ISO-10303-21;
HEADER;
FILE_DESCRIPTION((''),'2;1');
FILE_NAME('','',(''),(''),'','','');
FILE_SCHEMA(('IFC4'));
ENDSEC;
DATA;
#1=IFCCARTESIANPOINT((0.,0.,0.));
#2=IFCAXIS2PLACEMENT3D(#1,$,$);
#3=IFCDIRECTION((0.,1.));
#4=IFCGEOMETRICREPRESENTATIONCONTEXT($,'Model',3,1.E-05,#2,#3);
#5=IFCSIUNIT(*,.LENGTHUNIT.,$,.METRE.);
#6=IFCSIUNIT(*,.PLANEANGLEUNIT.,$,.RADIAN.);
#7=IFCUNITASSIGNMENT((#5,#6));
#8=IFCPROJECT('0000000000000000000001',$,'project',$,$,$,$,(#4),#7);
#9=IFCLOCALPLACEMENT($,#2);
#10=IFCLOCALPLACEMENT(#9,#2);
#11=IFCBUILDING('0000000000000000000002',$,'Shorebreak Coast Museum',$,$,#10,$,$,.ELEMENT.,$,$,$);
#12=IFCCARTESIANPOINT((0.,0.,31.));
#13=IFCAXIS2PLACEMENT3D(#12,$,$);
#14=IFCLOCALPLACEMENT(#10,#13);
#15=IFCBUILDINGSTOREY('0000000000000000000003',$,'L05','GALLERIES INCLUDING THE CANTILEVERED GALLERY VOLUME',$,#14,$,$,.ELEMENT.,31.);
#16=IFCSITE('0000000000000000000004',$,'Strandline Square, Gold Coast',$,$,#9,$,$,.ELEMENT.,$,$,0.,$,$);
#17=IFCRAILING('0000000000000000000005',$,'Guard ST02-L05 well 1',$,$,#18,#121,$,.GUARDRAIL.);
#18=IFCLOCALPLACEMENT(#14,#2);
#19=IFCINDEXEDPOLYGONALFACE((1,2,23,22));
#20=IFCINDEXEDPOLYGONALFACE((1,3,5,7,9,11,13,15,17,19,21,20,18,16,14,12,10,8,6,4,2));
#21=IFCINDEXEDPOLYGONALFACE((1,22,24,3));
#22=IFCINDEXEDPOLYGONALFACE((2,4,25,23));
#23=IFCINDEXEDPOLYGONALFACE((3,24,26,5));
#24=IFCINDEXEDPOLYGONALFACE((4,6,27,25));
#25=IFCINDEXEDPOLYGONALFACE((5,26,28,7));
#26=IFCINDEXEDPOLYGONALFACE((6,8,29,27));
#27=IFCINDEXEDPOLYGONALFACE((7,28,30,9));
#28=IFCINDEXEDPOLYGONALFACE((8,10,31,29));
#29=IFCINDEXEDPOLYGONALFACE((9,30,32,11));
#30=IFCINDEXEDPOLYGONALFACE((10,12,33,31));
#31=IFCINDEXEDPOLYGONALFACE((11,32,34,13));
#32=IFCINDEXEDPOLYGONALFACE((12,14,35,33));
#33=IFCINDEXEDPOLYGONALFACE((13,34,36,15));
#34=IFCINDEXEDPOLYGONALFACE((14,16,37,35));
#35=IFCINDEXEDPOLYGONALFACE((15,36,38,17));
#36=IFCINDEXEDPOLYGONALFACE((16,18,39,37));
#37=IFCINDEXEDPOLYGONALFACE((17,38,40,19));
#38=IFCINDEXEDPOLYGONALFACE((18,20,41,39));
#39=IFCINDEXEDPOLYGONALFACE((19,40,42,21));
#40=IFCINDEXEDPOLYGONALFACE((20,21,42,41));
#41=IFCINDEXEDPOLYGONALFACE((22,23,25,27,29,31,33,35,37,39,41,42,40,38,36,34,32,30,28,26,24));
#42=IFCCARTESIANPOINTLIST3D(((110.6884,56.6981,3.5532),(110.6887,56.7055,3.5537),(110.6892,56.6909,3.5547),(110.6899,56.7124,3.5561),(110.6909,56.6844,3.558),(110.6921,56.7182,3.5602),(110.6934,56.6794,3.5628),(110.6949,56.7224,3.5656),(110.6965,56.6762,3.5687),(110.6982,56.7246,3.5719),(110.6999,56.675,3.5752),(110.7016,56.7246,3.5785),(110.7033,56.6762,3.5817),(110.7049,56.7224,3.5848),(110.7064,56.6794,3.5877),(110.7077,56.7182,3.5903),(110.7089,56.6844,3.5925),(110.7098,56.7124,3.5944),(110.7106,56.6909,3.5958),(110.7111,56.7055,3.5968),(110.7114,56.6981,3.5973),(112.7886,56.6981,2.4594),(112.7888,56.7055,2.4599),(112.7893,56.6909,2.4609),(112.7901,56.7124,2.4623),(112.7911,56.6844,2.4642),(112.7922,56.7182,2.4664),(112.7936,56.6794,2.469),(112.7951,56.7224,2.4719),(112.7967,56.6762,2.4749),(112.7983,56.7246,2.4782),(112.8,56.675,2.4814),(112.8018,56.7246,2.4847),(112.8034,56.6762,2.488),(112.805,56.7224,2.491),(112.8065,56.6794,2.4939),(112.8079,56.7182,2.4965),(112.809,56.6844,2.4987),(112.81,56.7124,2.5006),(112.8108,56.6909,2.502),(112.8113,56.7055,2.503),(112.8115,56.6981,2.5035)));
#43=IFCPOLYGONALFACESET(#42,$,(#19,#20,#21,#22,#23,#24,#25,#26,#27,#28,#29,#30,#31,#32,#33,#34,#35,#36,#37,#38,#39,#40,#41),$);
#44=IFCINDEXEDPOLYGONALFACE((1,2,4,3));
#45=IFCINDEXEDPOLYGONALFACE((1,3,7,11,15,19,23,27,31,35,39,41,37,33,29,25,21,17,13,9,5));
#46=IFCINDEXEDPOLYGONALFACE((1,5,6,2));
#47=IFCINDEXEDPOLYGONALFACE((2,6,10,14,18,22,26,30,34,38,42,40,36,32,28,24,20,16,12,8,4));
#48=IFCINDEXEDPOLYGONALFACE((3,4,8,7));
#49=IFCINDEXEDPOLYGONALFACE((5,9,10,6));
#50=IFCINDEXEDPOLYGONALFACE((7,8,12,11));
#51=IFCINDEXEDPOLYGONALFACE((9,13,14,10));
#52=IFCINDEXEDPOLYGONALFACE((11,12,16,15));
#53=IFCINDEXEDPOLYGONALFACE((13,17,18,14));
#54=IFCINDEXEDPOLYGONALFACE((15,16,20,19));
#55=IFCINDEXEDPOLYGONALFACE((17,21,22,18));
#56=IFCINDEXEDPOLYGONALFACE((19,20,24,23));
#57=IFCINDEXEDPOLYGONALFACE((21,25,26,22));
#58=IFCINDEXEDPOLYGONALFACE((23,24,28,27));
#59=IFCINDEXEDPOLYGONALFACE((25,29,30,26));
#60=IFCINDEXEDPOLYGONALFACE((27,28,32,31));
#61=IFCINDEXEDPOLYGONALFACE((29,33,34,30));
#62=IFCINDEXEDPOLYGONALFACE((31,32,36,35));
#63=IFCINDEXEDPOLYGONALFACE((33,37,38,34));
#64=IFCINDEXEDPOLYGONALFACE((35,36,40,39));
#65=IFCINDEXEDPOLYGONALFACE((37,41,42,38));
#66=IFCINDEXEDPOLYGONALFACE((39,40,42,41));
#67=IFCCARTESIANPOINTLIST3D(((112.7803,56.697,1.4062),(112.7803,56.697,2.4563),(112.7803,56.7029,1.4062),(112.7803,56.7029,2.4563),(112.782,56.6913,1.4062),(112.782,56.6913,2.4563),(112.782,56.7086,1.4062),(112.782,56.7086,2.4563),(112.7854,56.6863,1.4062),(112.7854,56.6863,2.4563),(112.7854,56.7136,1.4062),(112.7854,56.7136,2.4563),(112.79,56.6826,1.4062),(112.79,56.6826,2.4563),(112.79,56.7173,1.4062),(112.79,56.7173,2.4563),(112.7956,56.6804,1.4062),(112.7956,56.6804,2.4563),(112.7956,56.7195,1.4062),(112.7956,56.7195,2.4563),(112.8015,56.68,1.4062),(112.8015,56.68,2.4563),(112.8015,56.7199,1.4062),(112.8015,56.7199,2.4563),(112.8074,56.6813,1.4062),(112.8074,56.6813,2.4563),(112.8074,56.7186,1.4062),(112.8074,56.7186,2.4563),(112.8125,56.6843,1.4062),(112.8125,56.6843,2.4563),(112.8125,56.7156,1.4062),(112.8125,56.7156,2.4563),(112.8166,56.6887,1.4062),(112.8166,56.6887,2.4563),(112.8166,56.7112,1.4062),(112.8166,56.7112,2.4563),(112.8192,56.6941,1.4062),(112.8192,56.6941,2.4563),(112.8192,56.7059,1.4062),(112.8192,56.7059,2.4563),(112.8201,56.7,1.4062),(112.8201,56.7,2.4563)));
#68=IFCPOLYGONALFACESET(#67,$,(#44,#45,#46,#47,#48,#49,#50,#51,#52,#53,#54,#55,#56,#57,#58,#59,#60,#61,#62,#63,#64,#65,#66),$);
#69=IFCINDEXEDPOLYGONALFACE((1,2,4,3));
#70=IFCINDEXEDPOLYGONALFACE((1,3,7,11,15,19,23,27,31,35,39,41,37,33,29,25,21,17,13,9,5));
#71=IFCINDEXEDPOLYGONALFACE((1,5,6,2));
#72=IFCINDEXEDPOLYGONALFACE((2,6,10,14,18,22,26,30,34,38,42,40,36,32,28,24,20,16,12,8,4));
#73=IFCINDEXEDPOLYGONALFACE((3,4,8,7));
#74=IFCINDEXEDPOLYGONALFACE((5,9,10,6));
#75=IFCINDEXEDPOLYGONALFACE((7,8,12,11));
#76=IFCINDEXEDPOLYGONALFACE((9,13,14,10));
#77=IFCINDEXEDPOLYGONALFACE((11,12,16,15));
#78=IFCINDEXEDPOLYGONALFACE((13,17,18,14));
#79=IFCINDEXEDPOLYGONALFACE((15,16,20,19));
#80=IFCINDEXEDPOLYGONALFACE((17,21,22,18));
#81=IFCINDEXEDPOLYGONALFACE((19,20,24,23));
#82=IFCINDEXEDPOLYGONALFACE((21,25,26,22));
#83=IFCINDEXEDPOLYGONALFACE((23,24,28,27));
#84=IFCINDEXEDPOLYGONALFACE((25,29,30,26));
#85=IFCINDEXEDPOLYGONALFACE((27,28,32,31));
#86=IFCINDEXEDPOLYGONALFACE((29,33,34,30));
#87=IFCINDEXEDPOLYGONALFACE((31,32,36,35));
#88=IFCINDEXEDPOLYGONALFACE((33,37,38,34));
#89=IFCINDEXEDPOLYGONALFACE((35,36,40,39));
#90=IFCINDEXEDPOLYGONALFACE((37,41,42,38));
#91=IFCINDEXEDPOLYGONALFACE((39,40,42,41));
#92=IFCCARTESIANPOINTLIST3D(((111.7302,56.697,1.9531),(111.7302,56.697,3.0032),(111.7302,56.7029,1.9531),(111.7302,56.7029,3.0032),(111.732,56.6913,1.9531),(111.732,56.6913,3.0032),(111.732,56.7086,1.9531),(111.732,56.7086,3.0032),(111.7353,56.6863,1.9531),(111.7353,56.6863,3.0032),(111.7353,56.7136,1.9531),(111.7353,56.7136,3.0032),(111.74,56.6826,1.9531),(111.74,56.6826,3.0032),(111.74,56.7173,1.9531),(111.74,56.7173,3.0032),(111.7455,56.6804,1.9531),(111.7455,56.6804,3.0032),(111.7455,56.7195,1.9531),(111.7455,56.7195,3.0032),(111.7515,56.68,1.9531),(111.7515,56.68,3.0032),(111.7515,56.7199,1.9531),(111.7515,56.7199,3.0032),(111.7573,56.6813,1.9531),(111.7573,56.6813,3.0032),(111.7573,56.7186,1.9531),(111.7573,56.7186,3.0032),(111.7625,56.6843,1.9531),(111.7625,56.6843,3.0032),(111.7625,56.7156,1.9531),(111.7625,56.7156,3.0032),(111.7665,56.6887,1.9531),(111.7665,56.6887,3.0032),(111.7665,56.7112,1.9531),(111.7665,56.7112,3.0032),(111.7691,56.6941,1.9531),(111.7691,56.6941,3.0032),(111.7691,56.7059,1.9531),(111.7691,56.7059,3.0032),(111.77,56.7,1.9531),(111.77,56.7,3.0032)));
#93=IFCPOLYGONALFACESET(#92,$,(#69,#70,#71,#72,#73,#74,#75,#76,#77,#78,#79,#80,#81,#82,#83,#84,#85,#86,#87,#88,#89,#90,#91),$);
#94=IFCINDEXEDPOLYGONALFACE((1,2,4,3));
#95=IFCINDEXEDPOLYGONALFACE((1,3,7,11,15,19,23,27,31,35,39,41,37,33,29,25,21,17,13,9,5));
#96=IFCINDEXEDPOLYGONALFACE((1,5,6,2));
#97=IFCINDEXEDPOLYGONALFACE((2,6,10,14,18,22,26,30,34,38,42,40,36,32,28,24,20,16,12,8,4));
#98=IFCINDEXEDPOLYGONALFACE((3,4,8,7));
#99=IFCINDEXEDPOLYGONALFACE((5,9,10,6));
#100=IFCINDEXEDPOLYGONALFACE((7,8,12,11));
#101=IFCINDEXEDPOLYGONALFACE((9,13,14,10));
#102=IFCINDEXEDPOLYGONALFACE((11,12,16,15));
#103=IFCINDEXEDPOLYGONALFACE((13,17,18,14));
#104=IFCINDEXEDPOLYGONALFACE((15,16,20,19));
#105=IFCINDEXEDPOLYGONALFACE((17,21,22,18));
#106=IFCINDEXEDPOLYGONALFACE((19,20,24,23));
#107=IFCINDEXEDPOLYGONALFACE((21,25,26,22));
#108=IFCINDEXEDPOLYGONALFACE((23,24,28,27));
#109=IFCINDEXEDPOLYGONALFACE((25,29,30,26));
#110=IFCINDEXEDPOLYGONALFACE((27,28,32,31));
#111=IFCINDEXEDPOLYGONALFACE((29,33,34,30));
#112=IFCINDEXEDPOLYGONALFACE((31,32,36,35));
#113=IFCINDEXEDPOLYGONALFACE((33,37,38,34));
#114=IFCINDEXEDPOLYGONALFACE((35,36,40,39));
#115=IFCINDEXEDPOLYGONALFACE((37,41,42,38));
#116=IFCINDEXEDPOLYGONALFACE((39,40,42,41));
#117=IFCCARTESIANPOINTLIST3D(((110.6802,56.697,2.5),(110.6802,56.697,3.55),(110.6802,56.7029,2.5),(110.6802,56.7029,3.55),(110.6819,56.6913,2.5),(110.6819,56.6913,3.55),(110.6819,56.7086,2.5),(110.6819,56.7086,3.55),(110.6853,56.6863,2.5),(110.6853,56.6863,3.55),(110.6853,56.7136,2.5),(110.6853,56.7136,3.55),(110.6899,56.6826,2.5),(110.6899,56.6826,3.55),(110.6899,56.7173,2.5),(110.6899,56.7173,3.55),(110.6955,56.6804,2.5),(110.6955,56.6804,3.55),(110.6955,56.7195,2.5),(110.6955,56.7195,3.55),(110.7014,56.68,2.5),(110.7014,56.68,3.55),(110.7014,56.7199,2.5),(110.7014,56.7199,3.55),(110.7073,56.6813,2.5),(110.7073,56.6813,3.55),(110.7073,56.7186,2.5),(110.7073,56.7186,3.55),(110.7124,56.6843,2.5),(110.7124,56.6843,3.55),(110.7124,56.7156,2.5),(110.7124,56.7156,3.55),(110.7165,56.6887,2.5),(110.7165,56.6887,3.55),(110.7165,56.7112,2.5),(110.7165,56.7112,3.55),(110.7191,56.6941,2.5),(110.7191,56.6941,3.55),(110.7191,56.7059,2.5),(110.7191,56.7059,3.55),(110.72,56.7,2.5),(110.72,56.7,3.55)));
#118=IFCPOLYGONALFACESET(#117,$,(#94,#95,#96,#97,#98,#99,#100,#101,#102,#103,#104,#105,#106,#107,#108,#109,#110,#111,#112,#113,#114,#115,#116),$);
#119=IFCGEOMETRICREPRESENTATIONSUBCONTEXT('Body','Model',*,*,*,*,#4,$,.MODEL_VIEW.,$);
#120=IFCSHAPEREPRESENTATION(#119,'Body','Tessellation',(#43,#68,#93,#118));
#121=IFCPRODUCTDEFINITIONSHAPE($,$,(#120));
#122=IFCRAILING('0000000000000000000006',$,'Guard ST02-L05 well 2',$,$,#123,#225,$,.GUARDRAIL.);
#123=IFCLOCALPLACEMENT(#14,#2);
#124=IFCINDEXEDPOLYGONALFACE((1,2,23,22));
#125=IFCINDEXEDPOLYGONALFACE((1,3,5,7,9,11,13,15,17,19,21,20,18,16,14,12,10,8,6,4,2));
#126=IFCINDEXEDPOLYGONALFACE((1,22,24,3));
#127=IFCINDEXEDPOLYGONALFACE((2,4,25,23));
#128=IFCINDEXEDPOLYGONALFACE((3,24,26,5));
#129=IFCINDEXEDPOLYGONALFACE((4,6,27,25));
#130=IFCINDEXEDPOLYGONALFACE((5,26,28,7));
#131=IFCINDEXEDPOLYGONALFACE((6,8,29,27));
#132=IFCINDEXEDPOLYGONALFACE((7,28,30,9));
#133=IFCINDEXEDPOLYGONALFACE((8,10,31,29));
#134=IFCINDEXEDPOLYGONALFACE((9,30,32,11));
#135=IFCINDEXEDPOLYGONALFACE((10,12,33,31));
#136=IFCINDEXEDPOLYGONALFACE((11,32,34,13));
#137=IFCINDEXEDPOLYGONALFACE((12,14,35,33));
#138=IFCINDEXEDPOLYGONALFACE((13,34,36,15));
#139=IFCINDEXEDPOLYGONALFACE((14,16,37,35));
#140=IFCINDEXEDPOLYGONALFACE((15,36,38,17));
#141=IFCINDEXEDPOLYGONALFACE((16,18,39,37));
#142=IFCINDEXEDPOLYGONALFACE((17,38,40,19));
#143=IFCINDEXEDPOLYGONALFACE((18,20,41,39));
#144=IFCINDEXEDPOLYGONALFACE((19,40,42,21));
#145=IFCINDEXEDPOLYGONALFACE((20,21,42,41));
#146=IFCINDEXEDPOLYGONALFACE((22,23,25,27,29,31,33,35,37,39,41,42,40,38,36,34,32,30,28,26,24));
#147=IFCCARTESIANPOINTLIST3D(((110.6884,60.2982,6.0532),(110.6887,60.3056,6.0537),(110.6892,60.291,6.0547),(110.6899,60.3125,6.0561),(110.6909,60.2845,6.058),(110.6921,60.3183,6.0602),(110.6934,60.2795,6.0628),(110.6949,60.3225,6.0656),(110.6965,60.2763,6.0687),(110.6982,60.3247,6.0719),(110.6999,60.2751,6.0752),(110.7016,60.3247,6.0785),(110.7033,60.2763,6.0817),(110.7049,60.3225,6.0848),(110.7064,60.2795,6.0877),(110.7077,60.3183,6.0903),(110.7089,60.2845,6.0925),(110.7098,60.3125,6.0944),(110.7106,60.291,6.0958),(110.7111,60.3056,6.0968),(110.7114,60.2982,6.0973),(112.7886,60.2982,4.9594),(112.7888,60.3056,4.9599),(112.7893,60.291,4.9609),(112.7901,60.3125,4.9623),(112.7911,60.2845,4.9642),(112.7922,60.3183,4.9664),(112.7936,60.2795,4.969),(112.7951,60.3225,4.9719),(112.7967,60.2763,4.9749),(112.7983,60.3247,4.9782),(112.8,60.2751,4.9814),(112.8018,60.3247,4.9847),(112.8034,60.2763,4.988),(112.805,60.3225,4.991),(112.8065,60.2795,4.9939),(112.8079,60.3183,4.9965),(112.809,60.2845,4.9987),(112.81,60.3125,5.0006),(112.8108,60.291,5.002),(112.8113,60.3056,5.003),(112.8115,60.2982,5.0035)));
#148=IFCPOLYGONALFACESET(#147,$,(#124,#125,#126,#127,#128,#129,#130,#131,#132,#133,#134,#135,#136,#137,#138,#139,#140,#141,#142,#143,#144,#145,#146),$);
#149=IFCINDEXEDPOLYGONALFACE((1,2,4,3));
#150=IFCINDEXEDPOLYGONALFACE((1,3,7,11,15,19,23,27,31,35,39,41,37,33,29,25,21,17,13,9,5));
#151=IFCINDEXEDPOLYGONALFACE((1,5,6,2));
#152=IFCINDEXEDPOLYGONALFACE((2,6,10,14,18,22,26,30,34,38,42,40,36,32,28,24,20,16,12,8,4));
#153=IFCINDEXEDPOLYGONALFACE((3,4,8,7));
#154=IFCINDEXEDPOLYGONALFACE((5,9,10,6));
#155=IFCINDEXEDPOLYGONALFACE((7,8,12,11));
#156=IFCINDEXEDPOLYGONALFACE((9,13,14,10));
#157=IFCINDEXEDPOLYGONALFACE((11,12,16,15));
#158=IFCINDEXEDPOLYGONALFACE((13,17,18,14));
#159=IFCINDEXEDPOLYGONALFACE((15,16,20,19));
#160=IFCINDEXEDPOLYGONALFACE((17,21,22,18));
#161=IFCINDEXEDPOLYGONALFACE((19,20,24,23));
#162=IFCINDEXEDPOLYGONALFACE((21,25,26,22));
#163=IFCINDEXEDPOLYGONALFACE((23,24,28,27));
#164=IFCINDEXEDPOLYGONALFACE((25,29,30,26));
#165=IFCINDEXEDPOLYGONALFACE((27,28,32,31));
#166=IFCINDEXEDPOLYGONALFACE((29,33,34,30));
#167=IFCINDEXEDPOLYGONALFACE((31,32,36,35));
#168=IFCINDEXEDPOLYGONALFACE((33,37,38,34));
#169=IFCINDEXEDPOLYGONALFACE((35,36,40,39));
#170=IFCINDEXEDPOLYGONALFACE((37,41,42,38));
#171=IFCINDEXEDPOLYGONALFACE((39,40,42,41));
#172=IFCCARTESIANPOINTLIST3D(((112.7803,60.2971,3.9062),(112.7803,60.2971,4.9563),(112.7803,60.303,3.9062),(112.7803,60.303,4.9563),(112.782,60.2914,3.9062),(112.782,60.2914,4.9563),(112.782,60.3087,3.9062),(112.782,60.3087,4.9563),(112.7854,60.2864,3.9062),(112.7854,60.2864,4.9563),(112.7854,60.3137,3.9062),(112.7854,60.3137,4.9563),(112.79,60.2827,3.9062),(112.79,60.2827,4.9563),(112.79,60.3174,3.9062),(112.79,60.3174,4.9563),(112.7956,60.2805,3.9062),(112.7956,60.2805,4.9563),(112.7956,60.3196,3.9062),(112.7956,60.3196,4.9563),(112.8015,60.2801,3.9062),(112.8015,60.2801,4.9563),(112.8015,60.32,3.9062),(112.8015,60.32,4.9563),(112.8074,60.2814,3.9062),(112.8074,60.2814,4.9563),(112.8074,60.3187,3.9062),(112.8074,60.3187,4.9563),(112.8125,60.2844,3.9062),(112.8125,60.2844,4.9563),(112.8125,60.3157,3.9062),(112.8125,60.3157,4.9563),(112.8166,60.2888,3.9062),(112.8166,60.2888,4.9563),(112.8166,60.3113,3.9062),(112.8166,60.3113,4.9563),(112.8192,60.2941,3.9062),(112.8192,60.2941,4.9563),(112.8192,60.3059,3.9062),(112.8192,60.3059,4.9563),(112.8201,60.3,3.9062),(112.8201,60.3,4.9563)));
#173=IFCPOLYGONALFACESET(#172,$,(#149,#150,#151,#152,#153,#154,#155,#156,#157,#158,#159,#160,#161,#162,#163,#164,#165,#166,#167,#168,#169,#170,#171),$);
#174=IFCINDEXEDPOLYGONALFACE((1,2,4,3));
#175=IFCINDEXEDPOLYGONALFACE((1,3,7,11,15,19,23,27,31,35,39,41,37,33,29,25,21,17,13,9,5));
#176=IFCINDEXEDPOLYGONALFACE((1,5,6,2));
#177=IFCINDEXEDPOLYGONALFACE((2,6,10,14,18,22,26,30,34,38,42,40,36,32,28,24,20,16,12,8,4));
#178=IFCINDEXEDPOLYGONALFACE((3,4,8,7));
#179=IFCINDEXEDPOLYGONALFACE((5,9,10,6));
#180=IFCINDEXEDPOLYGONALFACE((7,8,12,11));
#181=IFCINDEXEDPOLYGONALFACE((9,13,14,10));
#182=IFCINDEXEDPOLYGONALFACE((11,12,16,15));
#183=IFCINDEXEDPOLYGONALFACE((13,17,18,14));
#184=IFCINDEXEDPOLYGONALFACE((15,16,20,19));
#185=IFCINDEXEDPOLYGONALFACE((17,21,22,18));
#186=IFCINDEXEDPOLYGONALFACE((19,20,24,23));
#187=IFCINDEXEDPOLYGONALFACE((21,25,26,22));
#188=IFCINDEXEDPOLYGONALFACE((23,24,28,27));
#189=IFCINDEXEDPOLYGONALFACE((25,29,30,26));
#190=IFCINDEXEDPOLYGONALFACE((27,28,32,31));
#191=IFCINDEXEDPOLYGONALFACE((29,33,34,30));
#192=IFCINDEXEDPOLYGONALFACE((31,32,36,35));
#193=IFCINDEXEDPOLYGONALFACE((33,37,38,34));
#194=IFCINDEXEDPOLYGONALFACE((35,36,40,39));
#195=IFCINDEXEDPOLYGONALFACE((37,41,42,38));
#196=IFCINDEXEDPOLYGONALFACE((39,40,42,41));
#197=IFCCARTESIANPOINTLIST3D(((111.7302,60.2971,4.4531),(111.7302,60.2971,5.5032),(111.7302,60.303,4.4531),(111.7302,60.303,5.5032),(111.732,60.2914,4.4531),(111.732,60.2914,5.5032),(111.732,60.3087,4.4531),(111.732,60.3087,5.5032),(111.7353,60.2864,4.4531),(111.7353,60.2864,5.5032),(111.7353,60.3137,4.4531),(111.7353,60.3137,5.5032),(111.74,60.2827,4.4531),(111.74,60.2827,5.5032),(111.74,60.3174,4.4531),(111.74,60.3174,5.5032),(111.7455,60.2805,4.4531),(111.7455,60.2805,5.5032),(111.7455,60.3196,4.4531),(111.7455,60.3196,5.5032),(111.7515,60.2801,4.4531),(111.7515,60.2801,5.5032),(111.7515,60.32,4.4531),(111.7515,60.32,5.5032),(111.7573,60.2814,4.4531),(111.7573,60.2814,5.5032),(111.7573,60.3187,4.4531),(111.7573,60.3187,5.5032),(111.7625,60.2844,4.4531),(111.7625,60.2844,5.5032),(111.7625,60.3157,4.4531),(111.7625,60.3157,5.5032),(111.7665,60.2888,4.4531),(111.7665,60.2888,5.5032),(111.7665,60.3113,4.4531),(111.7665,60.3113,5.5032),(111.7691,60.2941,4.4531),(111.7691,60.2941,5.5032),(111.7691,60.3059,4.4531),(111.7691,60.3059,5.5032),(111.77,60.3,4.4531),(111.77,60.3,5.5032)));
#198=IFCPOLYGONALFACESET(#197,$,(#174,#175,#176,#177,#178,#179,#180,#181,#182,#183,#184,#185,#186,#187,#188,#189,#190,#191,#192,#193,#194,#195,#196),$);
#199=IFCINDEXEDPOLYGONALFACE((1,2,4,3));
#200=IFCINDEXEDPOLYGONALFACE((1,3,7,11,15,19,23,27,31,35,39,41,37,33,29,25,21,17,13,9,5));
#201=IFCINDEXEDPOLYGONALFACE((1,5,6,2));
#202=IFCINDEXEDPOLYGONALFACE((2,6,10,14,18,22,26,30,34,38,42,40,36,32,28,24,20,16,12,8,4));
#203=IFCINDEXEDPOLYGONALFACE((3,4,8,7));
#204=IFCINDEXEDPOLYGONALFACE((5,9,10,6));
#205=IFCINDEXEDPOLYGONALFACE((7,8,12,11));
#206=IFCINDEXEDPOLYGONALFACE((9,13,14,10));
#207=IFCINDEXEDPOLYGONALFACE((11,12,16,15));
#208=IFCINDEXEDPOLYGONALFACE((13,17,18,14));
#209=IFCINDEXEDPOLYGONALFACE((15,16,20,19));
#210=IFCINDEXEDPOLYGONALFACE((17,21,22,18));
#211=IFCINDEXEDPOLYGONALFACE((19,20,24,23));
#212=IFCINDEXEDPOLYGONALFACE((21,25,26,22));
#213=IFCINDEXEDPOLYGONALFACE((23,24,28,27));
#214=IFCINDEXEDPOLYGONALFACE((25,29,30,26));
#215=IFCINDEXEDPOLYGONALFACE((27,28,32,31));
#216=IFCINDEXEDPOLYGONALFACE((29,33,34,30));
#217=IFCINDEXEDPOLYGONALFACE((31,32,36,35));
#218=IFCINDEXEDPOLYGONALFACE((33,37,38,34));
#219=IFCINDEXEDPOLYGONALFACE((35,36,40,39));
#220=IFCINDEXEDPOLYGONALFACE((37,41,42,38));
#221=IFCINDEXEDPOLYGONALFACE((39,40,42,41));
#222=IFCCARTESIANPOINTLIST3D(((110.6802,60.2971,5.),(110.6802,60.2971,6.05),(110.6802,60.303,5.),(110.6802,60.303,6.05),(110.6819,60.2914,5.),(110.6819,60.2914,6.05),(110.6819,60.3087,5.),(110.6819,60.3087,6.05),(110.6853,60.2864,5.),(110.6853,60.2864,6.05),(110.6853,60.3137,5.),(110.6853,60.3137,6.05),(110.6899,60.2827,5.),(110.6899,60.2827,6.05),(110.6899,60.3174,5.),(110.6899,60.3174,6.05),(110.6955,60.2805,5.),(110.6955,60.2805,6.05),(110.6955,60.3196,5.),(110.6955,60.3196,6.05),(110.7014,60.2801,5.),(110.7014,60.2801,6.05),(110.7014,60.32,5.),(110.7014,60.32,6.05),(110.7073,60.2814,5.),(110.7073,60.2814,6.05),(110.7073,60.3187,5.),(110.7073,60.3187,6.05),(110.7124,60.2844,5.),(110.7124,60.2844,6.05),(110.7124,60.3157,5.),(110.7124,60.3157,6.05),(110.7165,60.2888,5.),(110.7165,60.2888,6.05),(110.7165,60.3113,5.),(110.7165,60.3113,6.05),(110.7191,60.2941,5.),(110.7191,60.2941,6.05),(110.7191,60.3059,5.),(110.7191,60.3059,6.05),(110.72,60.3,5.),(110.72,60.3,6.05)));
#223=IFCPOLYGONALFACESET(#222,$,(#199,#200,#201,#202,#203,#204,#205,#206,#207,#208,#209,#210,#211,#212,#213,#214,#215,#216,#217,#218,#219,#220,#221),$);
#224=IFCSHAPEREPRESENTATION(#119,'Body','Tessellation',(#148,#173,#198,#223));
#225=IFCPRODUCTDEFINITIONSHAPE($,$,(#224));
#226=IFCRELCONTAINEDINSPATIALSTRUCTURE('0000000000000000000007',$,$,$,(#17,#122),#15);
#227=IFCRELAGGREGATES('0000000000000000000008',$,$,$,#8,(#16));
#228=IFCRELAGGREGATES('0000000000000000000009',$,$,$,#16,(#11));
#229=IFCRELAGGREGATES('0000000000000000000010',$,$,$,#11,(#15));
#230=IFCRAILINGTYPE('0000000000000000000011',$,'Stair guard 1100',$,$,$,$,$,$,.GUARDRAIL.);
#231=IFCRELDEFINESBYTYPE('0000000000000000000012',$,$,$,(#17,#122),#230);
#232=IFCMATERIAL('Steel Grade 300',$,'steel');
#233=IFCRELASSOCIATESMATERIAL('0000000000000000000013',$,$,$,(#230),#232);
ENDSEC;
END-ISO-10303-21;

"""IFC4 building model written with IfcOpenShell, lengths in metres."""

from ifc_helpers import new_model, si_unit, direction, frame, origin, origin_2d, place, context, subcontext, project, spatial, circle, extrude, material, type_object, element, save


model = new_model("IFC4")

# Units and contexts
model_context = context("Model", 3, precision=1e-05, world=origin(), true_north=direction((0.0, 1.0)))
body_context = subcontext(model_context, "Body", "Model", "MODEL_VIEW")
ifc_project = project(units=[si_unit("LENGTHUNIT", "METRE"), si_unit("PLANEANGLEUNIT", "RADIAN")], contexts=[model_context])

# Site, building, storey
site_placement = place(None, origin())
site = spatial("IfcSite", under=ifc_project, at=site_placement, Name="Strandline Square, Gold Coast", CompositionType="ELEMENT", RefElevation=0.0)
building_placement = place(site_placement, origin())
building = spatial("IfcBuilding", under=site, at=building_placement, Name="Shorebreak Coast Museum", CompositionType="ELEMENT")
storey_placement = place(building_placement, frame((0.0, 0.0, 31.0)))
storey = spatial("IfcBuildingStorey", under=building, at=storey_placement, Name="L05", Description="GALLERIES INCLUDING THE CANTILEVERED GALLERY VOLUME", CompositionType="ELEMENT", Elevation=31.0)

# Railings
ifc_material_1 = material(Name="Steel Grade 300", Category="steel")
railing_type_1 = type_object("IfcRailingType", Name="Stair guard 1100", PredefinedType="GUARDRAIL", material=ifc_material_1)
for number, where, name in (
    (1, (112.8, 56.7, 1.4062), "Guard ST02-L05 well 1"),
    (2, (112.8, 60.3, 3.9062), "Guard ST02-L05 well 2"),
):
    element("IfcRailing", number, at=place(storey_placement, frame(where)), inside=storey, type_object=railing_type_1, Name=name, PredefinedType="GUARDRAIL", context=body_context, shape_type="SweptSolid", body=[
        extrude(circle(Radius=0.0249, at=origin_2d()), frame((0.0, 0.0, 1.0752), z_axis=(-0.886923, 0.0, 0.461918), x_axis=(0.0, -1.0, 0.0)), (0.0, 0.0, 1.0), 2.3679),
        extrude(circle(Radius=0.02, at=origin_2d()), origin(), (0.0, 0.0, 1.0), 1.05),
        extrude(circle(Radius=0.02, at=origin_2d()), frame((-1.05, 0.0, 0.5469)), (0.0, 0.0, 1.0), 1.05),
        extrude(circle(Radius=0.02, at=origin_2d()), frame((-2.1001, 0.0, 1.0938)), (0.0, 0.0, 1.0), 1.05),
    ])

save(model, "model.ifc")
